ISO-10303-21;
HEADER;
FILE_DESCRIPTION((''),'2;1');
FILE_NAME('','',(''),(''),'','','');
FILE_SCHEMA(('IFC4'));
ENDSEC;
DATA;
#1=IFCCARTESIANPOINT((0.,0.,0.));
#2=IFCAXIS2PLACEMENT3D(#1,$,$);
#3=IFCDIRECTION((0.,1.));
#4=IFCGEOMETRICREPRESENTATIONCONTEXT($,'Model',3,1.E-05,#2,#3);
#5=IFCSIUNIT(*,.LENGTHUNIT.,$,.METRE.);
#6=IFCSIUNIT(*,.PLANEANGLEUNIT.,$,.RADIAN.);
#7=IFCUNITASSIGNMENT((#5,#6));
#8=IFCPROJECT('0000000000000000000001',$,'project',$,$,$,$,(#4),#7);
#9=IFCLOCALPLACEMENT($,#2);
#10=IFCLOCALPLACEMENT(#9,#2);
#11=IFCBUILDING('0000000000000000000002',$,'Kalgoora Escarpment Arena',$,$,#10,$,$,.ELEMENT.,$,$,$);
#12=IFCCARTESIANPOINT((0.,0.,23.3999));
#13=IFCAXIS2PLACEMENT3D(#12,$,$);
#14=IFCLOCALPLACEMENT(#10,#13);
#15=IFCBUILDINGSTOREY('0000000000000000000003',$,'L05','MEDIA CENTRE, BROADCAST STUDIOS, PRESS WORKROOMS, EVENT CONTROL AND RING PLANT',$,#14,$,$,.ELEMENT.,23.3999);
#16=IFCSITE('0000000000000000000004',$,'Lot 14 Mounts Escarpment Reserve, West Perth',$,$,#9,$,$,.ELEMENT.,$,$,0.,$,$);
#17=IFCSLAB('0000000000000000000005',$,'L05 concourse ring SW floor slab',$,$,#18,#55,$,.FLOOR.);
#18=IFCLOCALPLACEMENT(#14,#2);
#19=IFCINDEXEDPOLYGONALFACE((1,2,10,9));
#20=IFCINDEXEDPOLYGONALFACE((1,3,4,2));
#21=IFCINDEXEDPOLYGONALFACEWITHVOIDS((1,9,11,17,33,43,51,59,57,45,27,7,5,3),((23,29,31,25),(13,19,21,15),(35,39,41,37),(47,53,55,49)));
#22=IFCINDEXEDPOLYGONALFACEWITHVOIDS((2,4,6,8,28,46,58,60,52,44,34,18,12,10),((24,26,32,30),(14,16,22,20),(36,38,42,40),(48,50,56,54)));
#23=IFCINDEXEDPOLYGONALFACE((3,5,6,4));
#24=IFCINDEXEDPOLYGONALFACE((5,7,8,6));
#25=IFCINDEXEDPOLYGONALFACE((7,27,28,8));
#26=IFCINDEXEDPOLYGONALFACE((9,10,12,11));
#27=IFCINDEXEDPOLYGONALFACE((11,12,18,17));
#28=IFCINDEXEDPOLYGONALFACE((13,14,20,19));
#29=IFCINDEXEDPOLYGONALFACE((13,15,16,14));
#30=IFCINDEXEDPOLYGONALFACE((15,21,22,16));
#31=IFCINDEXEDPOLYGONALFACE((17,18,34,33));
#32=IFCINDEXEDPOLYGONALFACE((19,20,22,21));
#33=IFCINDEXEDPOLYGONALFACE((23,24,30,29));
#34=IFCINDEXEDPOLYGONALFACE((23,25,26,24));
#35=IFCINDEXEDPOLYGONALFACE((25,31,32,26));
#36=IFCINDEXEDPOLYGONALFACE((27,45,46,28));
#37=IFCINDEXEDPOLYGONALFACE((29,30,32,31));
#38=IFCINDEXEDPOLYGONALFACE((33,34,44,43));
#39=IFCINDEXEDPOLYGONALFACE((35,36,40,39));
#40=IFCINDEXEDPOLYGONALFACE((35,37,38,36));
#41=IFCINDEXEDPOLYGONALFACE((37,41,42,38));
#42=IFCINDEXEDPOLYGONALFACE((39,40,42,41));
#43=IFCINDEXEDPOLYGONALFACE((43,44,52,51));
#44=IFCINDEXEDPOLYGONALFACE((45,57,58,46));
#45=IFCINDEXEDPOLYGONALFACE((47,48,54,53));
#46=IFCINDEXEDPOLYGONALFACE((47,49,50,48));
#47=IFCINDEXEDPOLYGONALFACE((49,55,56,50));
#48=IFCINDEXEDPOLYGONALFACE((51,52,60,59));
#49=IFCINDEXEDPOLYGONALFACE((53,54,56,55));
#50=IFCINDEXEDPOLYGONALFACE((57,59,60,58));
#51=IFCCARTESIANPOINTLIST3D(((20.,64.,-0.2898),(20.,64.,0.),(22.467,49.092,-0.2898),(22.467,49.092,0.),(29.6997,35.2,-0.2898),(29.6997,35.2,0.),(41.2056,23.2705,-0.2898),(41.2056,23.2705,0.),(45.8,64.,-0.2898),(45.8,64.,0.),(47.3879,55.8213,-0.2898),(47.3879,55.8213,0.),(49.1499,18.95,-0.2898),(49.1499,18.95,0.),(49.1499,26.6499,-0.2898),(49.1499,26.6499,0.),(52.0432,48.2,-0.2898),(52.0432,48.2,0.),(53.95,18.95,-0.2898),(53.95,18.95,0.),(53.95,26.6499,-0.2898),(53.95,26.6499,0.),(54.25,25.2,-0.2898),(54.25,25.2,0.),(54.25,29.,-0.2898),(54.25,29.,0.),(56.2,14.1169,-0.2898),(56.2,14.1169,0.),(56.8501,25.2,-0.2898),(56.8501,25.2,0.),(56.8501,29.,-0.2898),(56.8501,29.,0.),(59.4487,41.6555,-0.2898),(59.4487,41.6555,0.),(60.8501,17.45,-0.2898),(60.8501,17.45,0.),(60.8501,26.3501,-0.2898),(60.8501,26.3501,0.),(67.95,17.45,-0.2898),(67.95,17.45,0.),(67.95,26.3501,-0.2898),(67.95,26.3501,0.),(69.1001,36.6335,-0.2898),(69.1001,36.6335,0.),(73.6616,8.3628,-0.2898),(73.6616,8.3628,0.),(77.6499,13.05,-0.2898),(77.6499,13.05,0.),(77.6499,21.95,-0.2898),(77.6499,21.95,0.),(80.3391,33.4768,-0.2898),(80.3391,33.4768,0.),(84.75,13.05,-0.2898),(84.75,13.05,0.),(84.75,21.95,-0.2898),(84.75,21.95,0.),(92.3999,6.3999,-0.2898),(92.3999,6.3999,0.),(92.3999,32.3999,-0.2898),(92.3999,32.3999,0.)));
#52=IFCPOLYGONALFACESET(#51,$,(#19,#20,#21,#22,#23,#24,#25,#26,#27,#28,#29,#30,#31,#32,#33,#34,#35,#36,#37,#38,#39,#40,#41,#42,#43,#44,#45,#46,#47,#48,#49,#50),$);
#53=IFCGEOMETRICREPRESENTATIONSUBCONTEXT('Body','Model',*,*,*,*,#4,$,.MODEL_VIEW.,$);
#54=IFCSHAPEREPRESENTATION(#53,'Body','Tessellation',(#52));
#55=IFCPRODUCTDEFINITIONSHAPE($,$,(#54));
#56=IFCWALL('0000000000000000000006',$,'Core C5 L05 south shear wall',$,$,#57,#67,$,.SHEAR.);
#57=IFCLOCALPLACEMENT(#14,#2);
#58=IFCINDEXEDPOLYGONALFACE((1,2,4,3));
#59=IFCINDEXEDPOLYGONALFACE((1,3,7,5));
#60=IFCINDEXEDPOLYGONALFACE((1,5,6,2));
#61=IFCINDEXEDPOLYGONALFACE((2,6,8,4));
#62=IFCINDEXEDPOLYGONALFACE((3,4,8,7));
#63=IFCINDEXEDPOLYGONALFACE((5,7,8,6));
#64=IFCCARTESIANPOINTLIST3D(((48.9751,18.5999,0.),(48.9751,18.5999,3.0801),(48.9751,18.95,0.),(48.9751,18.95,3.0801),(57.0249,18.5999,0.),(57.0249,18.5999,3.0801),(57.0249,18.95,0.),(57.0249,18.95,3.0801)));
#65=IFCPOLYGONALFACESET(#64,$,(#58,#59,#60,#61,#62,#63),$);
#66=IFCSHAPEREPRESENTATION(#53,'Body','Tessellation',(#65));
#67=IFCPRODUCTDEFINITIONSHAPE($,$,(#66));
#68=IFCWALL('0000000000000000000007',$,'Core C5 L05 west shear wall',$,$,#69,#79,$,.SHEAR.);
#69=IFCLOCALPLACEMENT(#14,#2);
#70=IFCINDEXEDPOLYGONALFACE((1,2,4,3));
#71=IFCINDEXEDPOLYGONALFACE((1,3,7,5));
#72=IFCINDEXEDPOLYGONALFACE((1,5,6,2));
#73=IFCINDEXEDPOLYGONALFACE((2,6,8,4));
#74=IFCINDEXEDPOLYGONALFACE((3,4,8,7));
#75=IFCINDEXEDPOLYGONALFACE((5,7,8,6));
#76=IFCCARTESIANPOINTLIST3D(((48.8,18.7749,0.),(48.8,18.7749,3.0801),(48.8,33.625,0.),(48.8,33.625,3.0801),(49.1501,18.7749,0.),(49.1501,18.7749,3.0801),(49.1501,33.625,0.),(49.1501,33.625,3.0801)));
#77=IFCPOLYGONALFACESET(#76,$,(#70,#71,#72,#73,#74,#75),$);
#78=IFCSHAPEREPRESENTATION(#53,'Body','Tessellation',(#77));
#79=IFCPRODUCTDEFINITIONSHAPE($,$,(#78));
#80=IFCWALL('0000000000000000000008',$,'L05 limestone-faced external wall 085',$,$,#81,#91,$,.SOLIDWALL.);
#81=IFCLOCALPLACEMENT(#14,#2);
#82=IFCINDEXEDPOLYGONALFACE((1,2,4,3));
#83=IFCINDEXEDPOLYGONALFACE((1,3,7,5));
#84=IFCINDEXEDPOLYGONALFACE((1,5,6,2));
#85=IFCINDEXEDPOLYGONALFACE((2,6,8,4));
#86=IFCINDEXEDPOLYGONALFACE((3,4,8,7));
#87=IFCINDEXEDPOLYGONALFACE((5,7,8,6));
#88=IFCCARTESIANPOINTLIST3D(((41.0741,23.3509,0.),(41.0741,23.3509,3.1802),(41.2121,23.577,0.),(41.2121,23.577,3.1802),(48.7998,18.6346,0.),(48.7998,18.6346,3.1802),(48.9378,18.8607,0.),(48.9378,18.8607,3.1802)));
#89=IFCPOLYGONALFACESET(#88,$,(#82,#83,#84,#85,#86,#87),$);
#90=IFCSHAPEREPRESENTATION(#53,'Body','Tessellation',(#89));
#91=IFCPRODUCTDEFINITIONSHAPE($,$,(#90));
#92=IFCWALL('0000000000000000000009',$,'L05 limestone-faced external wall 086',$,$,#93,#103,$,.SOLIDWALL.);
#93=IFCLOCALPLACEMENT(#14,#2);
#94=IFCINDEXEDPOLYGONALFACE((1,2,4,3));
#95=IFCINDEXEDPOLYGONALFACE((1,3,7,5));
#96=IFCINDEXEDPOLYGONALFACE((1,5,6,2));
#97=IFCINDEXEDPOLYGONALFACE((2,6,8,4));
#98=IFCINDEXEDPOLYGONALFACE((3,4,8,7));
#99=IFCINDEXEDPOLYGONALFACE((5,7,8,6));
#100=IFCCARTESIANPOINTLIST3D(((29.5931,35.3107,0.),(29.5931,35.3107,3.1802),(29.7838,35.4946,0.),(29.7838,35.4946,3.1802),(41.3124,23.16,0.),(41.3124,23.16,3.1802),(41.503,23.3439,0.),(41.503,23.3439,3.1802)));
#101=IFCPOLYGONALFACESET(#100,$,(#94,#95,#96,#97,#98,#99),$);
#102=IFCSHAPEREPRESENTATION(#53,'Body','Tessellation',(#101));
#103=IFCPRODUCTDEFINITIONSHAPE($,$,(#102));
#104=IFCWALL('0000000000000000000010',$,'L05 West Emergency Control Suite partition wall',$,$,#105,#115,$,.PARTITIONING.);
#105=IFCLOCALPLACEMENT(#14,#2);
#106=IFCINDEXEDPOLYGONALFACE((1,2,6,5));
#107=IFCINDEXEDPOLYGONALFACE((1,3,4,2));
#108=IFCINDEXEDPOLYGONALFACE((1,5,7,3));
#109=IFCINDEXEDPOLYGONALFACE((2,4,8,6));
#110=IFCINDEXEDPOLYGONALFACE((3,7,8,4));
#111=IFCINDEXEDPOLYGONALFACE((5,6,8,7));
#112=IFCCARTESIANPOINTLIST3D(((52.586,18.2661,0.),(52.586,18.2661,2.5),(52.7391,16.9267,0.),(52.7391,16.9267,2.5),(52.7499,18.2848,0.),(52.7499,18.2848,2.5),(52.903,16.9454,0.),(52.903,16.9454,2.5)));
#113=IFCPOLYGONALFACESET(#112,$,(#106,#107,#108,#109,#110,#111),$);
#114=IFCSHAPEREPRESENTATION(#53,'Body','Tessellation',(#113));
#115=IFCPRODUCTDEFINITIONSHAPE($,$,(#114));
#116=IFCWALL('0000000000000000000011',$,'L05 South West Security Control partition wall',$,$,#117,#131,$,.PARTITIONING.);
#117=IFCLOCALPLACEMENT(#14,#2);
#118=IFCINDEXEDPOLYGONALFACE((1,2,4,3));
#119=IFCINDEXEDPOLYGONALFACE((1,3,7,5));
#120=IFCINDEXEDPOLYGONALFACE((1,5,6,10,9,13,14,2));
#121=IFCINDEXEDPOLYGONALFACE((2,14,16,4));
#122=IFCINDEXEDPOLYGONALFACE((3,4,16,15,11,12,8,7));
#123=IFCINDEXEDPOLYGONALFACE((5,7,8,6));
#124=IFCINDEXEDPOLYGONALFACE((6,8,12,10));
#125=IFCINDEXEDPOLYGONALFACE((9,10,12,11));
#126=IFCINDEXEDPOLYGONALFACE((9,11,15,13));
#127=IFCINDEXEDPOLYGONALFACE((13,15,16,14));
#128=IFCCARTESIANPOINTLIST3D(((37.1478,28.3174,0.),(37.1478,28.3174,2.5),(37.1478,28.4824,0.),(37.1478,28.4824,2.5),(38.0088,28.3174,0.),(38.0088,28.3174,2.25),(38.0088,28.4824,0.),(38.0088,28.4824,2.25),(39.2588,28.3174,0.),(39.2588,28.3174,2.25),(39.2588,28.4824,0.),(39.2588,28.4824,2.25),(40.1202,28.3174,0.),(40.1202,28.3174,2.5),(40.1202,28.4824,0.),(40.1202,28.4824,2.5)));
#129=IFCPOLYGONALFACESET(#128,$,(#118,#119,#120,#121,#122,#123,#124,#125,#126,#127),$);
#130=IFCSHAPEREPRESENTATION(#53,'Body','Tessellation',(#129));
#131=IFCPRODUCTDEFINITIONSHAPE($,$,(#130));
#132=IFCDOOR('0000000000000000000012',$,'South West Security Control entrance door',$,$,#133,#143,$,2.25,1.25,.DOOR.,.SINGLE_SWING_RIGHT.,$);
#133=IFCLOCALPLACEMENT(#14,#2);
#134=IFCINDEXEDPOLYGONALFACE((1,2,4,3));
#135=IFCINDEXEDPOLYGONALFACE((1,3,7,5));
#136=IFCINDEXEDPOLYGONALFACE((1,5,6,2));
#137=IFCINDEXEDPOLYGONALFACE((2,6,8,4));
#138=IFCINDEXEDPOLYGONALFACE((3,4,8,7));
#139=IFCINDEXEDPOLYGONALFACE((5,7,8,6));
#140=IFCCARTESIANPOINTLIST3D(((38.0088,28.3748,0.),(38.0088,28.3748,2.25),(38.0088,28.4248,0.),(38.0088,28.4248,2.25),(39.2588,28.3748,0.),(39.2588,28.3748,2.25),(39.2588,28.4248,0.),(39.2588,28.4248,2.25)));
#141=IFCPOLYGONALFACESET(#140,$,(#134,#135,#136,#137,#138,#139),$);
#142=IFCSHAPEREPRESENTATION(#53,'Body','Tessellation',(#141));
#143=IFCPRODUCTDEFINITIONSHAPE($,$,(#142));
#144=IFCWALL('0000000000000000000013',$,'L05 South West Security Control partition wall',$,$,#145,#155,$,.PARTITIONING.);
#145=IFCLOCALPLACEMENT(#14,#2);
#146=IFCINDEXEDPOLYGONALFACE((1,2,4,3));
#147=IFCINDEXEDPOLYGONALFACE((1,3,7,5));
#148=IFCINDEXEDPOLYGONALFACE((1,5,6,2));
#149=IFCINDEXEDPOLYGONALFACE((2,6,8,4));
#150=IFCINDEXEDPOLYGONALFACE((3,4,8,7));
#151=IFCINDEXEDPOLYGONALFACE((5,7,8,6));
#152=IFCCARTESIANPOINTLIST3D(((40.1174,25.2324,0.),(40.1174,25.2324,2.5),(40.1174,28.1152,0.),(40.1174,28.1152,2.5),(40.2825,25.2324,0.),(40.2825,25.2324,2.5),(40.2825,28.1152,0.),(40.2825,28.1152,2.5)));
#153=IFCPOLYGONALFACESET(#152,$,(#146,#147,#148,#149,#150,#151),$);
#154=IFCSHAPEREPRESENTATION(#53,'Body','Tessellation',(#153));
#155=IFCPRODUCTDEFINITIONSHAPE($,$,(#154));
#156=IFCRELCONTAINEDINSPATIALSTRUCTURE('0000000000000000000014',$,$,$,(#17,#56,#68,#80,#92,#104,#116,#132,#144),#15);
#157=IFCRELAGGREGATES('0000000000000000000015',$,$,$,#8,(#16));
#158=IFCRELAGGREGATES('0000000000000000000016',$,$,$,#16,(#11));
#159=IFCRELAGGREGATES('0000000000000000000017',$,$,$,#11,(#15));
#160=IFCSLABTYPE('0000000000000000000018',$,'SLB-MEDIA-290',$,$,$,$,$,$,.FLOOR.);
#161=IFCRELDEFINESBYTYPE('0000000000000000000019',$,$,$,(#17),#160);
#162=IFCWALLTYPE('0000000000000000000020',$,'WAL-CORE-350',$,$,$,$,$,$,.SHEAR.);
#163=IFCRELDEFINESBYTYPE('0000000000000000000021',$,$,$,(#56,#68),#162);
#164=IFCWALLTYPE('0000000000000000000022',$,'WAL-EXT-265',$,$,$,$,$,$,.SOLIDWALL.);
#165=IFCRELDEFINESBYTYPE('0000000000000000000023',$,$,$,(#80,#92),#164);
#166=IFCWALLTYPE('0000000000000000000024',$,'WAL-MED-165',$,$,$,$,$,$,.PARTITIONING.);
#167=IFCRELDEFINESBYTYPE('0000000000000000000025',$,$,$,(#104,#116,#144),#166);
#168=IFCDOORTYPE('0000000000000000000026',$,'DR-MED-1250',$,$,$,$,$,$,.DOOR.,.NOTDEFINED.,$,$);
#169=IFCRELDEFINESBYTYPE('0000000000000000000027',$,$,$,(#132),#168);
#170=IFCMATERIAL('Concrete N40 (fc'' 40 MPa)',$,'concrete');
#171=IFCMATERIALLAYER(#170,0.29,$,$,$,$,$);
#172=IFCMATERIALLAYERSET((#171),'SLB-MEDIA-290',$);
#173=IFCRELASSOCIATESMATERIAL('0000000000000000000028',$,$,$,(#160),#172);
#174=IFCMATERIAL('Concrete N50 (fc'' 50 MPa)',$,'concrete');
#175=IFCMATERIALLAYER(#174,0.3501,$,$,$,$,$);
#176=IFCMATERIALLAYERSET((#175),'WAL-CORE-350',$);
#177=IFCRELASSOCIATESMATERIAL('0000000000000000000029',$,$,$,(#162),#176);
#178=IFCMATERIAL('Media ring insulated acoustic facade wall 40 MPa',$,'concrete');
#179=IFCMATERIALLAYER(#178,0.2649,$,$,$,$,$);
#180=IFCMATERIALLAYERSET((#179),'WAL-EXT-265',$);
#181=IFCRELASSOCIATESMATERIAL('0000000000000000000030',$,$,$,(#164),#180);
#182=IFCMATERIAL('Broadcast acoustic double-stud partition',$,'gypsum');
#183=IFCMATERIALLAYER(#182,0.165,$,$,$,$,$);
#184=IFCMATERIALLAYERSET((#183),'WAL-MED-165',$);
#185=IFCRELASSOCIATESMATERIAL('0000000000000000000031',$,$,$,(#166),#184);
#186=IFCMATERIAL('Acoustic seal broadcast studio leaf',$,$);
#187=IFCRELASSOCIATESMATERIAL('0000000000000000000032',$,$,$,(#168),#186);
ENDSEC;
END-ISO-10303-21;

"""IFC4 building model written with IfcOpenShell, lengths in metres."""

from ifc_helpers import new_model, si_unit, direction, frame, frame_2d, origin, place, context, subcontext, project, spatial, polyline, rectangle, outline, extrude, material, layer, layer_set, type_object, element, fill, save


model = new_model("IFC4")

# Units and contexts
model_context = context("Model", 3, precision=1e-05, world=origin(), true_north=direction((0.0, 1.0)))
body_context = subcontext(model_context, "Body", "Model", "MODEL_VIEW")
ifc_project = project(units=[si_unit("LENGTHUNIT", "METRE"), si_unit("PLANEANGLEUNIT", "RADIAN")], contexts=[model_context])

# Site, building, storey
site_placement = place(None, origin())
site = spatial("IfcSite", under=ifc_project, at=site_placement, Name="Lot 14 Mounts Escarpment Reserve, West Perth", CompositionType="ELEMENT", RefElevation=0.0)
building_placement = place(site_placement, origin())
building = spatial("IfcBuilding", under=site, at=building_placement, Name="Kalgoora Escarpment Arena", CompositionType="ELEMENT")
storey_placement = place(building_placement, frame((0.0, 0.0, 23.3999)))
storey = spatial("IfcBuildingStorey", under=building, at=storey_placement, Name="L05", Description="MEDIA CENTRE, BROADCAST STUDIOS, PRESS WORKROOMS, EVENT CONTROL AND RING PLANT", CompositionType="ELEMENT", Elevation=23.3999)

# Slab
ifc_material_1 = material(Name="Concrete N40 (fc' 40 MPa)", Category="concrete")
ifc_layer_1 = layer(ifc_material_1, 0.29)
ifc_layer_set_1 = layer_set([ifc_layer_1], Name="SLB-MEDIA-290")
slab_type_1 = type_object("IfcSlabType", Name="SLB-MEDIA-290", PredefinedType="FLOOR", material=ifc_layer_set_1)
slab_1_placement = place(storey_placement, frame((0.0, 0.0, -0.2898)))
element("IfcSlab", 1, at=slab_1_placement, inside=storey, type_object=slab_type_1, Name="L05 concourse ring SW floor slab", PredefinedType="FLOOR", context=body_context, shape_type="SweptSolid", body=[
    extrude(outline(polyline([(73.6616, 8.3628), (56.2, 14.1169), (41.2056, 23.2705), (29.6997, 35.2), (22.467, 49.092), (20.0, 64.0), (45.8, 64.0), (47.3879, 55.8213), (52.0432, 48.2), (59.4487, 41.6555), (69.1001, 36.6335), (80.3391, 33.4768), (92.3999, 32.3999), (92.3999, 6.3999), (73.6616, 8.3628)]), holes=[polyline([(77.6499, 21.95), (77.6499, 13.05), (84.75, 13.05), (84.75, 21.95), (77.6499, 21.95)]), polyline([(60.8501, 26.3501), (60.8501, 17.45), (67.95, 17.45), (67.95, 26.3501), (60.8501, 26.3501)]), polyline([(49.1499, 26.6499), (49.1499, 18.95), (53.95, 18.95), (53.95, 26.6499), (49.1499, 26.6499)]), polyline([(54.25, 29.0), (54.25, 25.2), (56.8501, 25.2), (56.8501, 29.0), (54.25, 29.0)])]), origin(), (0.0, 0.0, 1.0), 0.2898),
])

# Walls
ifc_material_2 = material(Name="Concrete N50 (fc' 50 MPa)", Category="concrete")
ifc_layer_2 = layer(ifc_material_2, 0.3501)
ifc_layer_set_2 = layer_set([ifc_layer_2], Name="WAL-CORE-350")
wall_type_1 = type_object("IfcWallType", Name="WAL-CORE-350", PredefinedType="SHEAR", material=ifc_layer_set_2)
wall_1_placement = place(storey_placement, frame((48.9751, 18.7749, 0.0), z_axis=(0.0, 0.0, 1.0), x_axis=(1.0, 0.0, 0.0)))
element("IfcWall", 2, at=wall_1_placement, inside=storey, type_object=wall_type_1, Name="Core C5 L05 south shear wall", PredefinedType="SHEAR", context=body_context, shape_type="SweptSolid", body=[
    extrude(rectangle(XDim=8.0498, YDim=0.3501, at=frame_2d((4.0249, 0.0))), origin(), (0.0, 0.0, 1.0), 3.0801),
])
wall_2_placement = place(storey_placement, frame((48.9751, 18.7749, 0.0), z_axis=(0.0, 0.0, 1.0), x_axis=(0.0, 1.0, 0.0)))
element("IfcWall", 3, at=wall_2_placement, inside=storey, type_object=wall_type_1, Name="Core C5 L05 west shear wall", PredefinedType="SHEAR", context=body_context, shape_type="SweptSolid", body=[
    extrude(rectangle(XDim=14.8501, YDim=0.3501, at=frame_2d((7.425, 0.0))), origin(), (0.0, 0.0, 1.0), 3.0801),
])
ifc_material_3 = material(Name="Media ring insulated acoustic facade wall 40 MPa", Category="concrete")
ifc_layer_3 = layer(ifc_material_3, 0.2649)
ifc_layer_set_3 = layer_set([ifc_layer_3], Name="WAL-EXT-265")
wall_type_2 = type_object("IfcWallType", Name="WAL-EXT-265", PredefinedType="SOLIDWALL", material=ifc_layer_set_3)
wall_3_placement = place(storey_placement, frame((48.8689, 18.7476, 0.0), z_axis=(0.0, 0.0, 1.0), x_axis=(-0.853522, 0.521057, 0.0)))
element("IfcWall", 4, at=wall_3_placement, inside=storey, type_object=wall_type_2, Name="L05 limestone-faced external wall 085", PredefinedType="SOLIDWALL", context=body_context, shape_type="SweptSolid", body=[
    extrude(rectangle(XDim=9.0515, YDim=0.2649, at=frame_2d((4.5259, 0.0))), origin(), (0.0, 0.0, 1.0), 3.1802),
])
wall_4_placement = place(storey_placement, frame((41.4077, 23.252, 0.0), z_axis=(0.0, 0.0, 1.0), x_axis=(-0.694214, 0.719769, 0.0)))
element("IfcWall", 5, at=wall_4_placement, inside=storey, type_object=wall_type_2, Name="L05 limestone-faced external wall 086", PredefinedType="SOLIDWALL", context=body_context, shape_type="SweptSolid", body=[
    extrude(rectangle(XDim=16.8813, YDim=0.2649, at=frame_2d((8.4407, 0.0))), origin(), (0.0, 0.0, 1.0), 3.1802),
])
ifc_material_4 = material(Name="Broadcast acoustic double-stud partition", Category="gypsum")
ifc_layer_4 = layer(ifc_material_4, 0.165)
ifc_layer_set_4 = layer_set([ifc_layer_4], Name="WAL-MED-165")
wall_type_3 = type_object("IfcWallType", Name="WAL-MED-165", PredefinedType="PARTITIONING", material=ifc_layer_set_4)
wall_5_placement = place(storey_placement, frame((52.821, 16.936, 0.0), z_axis=(0.0, 0.0, 1.0), x_axis=(-0.113552, 0.993532, 0.0)))
element("IfcWall", 6, at=wall_5_placement, inside=storey, type_object=wall_type_3, Name="L05 West Emergency Control Suite partition wall", PredefinedType="PARTITIONING", context=body_context, shape_type="SweptSolid", body=[
    extrude(rectangle(XDim=1.3481, YDim=0.165, at=frame_2d((0.6741, 0.0))), origin(), (0.0, 0.0, 1.0), 2.5),
])

# Wall, opening, door
wall_6_placement = place(storey_placement, frame((37.1477, 28.3999, 0.0), z_axis=(0.0, 0.0, 1.0), x_axis=(1.0, 0.0, 0.0)))
wall_6 = element("IfcWall", 7, at=wall_6_placement, inside=storey, type_object=wall_type_3, Name="L05 South West Security Control partition wall", PredefinedType="PARTITIONING", context=body_context, shape_type="SweptSolid", body=[
    extrude(rectangle(XDim=2.9724, YDim=0.165, at=frame_2d((1.4863, 0.0))), origin(), (0.0, 0.0, 1.0), 2.5),
])
opening_1_placement = place(wall_6_placement, frame((0.8611, 0.0, 0.0)))
opening_1 = element("IfcOpeningElement", 8, at=opening_1_placement, cuts=wall_6, PredefinedType="OPENING", context=body_context, shape_type="SweptSolid", body=[
    extrude(rectangle(XDim=1.25, YDim=2.25, at=frame_2d((0.625, 1.125))), frame((0.0, 0.0925, 0.0), z_axis=(0.0, -1.0, 0.0), x_axis=(1.0, 0.0, 0.0)), (0.0, 0.0, 1.0), 0.1851),
])
ifc_material_5 = material(Name="Acoustic seal broadcast studio leaf")
door_type_1 = type_object("IfcDoorType", Name="DR-MED-1250", OperationType="NOTDEFINED", PredefinedType="DOOR", material=ifc_material_5)
door_1_placement = place(opening_1_placement, origin())
door_1 = element("IfcDoor", 9, at=door_1_placement, inside=storey, type_object=door_type_1, Name="South West Security Control entrance door", OperationType="SINGLE_SWING_RIGHT", OverallHeight=2.25, OverallWidth=1.25, PredefinedType="DOOR", context=body_context, shape_type="SweptSolid", body=[
    extrude(rectangle(XDim=1.25, YDim=2.25, at=frame_2d((0.625, 1.125))), frame((0.0, 0.0249, 0.0), z_axis=(0.0, -1.0, 0.0), x_axis=(1.0, 0.0, 0.0)), (0.0, 0.0, 1.0), 0.05),
])
fill(opening_1, door_1)

# Wall
wall_7_placement = place(storey_placement, frame((40.2, 28.1152, 0.0), z_axis=(0.0, 0.0, 1.0), x_axis=(0.0, -1.0, 0.0)))
element("IfcWall", 10, at=wall_7_placement, inside=storey, type_object=wall_type_3, Name="L05 South West Security Control partition wall", PredefinedType="PARTITIONING", context=body_context, shape_type="SweptSolid", body=[
    extrude(rectangle(XDim=2.8828, YDim=0.165, at=frame_2d((1.4414, 0.0))), origin(), (0.0, 0.0, 1.0), 2.5),
])

save(model, "model.ifc")
